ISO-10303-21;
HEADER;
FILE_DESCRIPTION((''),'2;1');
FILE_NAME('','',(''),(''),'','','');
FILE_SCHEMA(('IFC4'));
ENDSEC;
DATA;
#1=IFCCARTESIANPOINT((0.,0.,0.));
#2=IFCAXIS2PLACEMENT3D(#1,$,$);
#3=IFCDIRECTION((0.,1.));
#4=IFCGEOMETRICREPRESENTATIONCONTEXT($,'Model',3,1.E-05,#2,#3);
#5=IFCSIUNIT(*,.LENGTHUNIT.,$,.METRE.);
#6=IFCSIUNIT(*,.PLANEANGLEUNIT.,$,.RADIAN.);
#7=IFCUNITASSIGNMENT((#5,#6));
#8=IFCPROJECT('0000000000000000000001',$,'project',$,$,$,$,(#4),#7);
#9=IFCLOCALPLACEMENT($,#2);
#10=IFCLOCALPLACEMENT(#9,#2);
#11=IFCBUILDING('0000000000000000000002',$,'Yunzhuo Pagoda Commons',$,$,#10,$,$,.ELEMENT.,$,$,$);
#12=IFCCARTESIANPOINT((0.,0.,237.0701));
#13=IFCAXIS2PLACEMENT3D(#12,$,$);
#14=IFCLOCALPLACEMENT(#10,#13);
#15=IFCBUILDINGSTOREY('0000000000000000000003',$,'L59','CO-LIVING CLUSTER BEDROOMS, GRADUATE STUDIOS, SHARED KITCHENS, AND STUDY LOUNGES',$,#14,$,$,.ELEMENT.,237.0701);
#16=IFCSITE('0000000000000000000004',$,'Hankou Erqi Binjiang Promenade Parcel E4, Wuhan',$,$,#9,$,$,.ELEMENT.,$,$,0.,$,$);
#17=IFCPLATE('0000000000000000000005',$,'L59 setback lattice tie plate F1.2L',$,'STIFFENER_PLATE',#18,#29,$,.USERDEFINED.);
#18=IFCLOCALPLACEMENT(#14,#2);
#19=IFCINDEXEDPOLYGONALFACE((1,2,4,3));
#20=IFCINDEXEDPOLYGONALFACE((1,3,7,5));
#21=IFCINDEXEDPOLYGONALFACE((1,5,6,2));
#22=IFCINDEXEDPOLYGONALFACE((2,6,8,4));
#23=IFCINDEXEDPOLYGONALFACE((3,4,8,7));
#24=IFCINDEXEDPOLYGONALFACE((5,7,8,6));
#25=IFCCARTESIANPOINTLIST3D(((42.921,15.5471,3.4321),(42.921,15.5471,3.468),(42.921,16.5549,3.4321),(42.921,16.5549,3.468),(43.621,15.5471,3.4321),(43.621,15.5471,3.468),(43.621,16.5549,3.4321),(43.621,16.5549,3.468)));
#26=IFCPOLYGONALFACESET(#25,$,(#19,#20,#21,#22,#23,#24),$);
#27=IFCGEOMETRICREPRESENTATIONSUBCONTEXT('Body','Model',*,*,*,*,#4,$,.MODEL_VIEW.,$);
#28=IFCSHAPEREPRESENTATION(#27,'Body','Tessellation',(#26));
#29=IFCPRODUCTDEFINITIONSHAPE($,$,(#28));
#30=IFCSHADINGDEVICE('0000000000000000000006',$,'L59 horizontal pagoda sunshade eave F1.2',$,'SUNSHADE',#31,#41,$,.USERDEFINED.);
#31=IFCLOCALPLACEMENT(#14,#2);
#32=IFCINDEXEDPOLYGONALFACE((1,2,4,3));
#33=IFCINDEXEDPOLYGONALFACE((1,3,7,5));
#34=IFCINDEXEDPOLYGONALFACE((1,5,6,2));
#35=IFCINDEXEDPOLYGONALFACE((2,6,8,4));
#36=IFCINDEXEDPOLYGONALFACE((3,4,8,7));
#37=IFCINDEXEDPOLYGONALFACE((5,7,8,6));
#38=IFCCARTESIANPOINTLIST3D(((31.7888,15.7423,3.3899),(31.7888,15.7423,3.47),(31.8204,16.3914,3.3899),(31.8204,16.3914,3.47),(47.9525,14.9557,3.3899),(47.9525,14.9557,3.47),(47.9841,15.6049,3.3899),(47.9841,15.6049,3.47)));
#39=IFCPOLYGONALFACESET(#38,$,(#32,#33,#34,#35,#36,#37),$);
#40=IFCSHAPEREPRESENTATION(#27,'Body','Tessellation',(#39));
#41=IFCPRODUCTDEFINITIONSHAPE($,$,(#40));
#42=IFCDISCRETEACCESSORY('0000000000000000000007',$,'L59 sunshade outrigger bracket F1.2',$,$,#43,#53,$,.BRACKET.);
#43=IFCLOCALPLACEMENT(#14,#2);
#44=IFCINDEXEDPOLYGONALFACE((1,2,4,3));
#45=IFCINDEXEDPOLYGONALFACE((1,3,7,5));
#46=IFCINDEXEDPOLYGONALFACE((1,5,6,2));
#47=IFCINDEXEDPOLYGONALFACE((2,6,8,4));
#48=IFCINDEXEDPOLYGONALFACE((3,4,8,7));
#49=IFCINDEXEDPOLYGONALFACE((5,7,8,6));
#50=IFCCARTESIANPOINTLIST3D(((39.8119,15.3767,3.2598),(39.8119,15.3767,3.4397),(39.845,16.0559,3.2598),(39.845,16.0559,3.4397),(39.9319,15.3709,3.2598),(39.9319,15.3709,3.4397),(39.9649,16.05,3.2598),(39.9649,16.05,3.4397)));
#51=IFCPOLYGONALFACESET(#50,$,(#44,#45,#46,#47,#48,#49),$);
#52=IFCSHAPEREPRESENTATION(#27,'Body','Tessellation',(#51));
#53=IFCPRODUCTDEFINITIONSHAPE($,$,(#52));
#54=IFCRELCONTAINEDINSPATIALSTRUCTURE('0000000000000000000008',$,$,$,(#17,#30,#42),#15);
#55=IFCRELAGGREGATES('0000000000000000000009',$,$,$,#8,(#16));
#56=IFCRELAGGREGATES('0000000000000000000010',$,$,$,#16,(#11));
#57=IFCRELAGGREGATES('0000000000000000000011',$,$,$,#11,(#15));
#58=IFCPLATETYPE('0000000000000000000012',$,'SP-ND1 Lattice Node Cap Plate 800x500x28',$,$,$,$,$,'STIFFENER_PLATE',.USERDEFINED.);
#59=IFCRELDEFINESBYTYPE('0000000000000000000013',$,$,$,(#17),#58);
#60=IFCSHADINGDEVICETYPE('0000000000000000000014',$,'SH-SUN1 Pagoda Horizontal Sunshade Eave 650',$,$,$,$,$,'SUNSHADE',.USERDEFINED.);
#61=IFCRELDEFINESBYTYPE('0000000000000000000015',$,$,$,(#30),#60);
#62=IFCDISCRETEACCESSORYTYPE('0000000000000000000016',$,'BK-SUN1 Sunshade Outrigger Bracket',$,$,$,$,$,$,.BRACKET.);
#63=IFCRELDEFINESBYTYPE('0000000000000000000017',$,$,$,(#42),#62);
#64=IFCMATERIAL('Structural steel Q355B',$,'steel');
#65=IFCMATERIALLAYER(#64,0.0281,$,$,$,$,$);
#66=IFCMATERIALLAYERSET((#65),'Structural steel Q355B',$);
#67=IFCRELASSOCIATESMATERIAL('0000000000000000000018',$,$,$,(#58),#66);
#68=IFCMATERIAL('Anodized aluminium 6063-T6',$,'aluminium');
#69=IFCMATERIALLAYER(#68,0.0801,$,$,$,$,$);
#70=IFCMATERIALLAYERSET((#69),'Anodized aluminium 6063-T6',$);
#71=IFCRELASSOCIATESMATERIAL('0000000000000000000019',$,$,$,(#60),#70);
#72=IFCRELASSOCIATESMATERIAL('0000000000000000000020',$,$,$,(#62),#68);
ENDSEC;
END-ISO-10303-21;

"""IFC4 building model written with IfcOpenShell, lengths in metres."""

from ifc_helpers import new_model, si_unit, direction, frame, origin, origin_2d, place, context, subcontext, project, spatial, rectangle, extrude, source, transform, mapped, material, layer, layer_set, type_object, element, save


model = new_model("IFC4")

# Units and contexts
model_context = context("Model", 3, precision=1e-05, world=origin(), true_north=direction((0.0, 1.0)))
body_context = subcontext(model_context, "Body", "Model", "MODEL_VIEW")
ifc_project = project(units=[si_unit("LENGTHUNIT", "METRE"), si_unit("PLANEANGLEUNIT", "RADIAN")], contexts=[model_context])

# Site, building, storey
site_placement = place(None, origin())
site = spatial("IfcSite", under=ifc_project, at=site_placement, Name="Hankou Erqi Binjiang Promenade Parcel E4, Wuhan", CompositionType="ELEMENT", RefElevation=0.0)
building_placement = place(site_placement, origin())
building = spatial("IfcBuilding", under=site, at=building_placement, Name="Yunzhuo Pagoda Commons", CompositionType="ELEMENT")
storey_placement = place(building_placement, frame((0.0, 0.0, 237.0701)))
storey = spatial("IfcBuildingStorey", under=building, at=storey_placement, Name="L59", Description="CO-LIVING CLUSTER BEDROOMS, GRADUATE STUDIOS, SHARED KITCHENS, AND STUDY LOUNGES", CompositionType="ELEMENT", Elevation=237.0701)

# Shared definitions
ifc_material_1 = material(Name="Structural steel Q355B", Category="steel")

# Shared definitions
ifc_material_2 = material(Name="Anodized aluminium 6063-T6", Category="aluminium")

# Plate
ifc_layer_1 = layer(ifc_material_1, 0.0281)
ifc_layer_set_1 = layer_set([ifc_layer_1], Name="Structural steel Q355B")
plate_type_1 = type_object("IfcPlateType", Name="SP-ND1 Lattice Node Cap Plate 800x500x28", ElementType="STIFFENER_PLATE", PredefinedType="USERDEFINED", material=ifc_layer_set_1)
shared_shape_1 = source(origin(), body_context, "Body", "SweptSolid", [
    extrude(rectangle(XDim=0.7, YDim=1.0078, at=origin_2d()), origin(), (0.0, 0.0, 1.0), 0.0359),
])
plate_1_placement = place(storey_placement, frame((43.271, 16.051, 3.4321), z_axis=(0.0, 0.0, 1.0), x_axis=(1.0, 0.0, 0.0)))
element("IfcPlate", 1, at=plate_1_placement, inside=storey, type_object=plate_type_1, Name="L59 setback lattice tie plate F1.2L", ObjectType="STIFFENER_PLATE", PredefinedType="USERDEFINED", context=body_context, shape_type="MappedRepresentation", body=[
    mapped(shared_shape_1, transform((0.0, 0.0, 0.0), scale=1.0)),
])

# Shading device
ifc_layer_2 = layer(ifc_material_2, 0.0801)
ifc_layer_set_2 = layer_set([ifc_layer_2], Name="Anodized aluminium 6063-T6")
shading_device_type = type_object("IfcShadingDeviceType", Name="SH-SUN1 Pagoda Horizontal Sunshade Eave 650", ElementType="SUNSHADE", PredefinedType="USERDEFINED", material=ifc_layer_set_2)
shared_shape_2 = source(origin(), body_context, "Body", "SweptSolid", [
    extrude(rectangle(XDim=16.1829, YDim=0.6499, at=origin_2d()), origin(), (0.0, 0.0, 1.0), 0.0801),
])
shading_device_placement = place(storey_placement, frame((39.8865, 15.6736, 3.3899), z_axis=(0.0, 0.0, 1.0), x_axis=(0.998818, -0.048606, 0.0)))
element("IfcShadingDevice", 2, at=shading_device_placement, inside=storey, type_object=shading_device_type, Name="L59 horizontal pagoda sunshade eave F1.2", ObjectType="SUNSHADE", PredefinedType="USERDEFINED", context=body_context, shape_type="MappedRepresentation", body=[
    mapped(shared_shape_2, transform((0.0, 0.0, 0.0), scale=1.0)),
])

# Discrete accessory
discrete_accessory_type = type_object("IfcDiscreteAccessoryType", Name="BK-SUN1 Sunshade Outrigger Bracket", PredefinedType="BRACKET", material=ifc_material_2)
shared_shape_3 = source(origin(), body_context, "Body", "SweptSolid", [
    extrude(rectangle(XDim=0.1201, YDim=0.6799, at=origin_2d()), origin(), (0.0, 0.0, 1.0), 0.1799),
])
discrete_accessory_placement = place(storey_placement, frame((39.8884, 15.7134, 3.2598), z_axis=(0.0, 0.0, 1.0), x_axis=(0.998818, -0.048606, 0.0)))
element("IfcDiscreteAccessory", 3, at=discrete_accessory_placement, inside=storey, type_object=discrete_accessory_type, Name="L59 sunshade outrigger bracket F1.2", PredefinedType="BRACKET", context=body_context, shape_type="MappedRepresentation", body=[
    mapped(shared_shape_3, transform((0.0, 0.0, 0.0), scale=1.0)),
])

save(model, "model.ifc")
